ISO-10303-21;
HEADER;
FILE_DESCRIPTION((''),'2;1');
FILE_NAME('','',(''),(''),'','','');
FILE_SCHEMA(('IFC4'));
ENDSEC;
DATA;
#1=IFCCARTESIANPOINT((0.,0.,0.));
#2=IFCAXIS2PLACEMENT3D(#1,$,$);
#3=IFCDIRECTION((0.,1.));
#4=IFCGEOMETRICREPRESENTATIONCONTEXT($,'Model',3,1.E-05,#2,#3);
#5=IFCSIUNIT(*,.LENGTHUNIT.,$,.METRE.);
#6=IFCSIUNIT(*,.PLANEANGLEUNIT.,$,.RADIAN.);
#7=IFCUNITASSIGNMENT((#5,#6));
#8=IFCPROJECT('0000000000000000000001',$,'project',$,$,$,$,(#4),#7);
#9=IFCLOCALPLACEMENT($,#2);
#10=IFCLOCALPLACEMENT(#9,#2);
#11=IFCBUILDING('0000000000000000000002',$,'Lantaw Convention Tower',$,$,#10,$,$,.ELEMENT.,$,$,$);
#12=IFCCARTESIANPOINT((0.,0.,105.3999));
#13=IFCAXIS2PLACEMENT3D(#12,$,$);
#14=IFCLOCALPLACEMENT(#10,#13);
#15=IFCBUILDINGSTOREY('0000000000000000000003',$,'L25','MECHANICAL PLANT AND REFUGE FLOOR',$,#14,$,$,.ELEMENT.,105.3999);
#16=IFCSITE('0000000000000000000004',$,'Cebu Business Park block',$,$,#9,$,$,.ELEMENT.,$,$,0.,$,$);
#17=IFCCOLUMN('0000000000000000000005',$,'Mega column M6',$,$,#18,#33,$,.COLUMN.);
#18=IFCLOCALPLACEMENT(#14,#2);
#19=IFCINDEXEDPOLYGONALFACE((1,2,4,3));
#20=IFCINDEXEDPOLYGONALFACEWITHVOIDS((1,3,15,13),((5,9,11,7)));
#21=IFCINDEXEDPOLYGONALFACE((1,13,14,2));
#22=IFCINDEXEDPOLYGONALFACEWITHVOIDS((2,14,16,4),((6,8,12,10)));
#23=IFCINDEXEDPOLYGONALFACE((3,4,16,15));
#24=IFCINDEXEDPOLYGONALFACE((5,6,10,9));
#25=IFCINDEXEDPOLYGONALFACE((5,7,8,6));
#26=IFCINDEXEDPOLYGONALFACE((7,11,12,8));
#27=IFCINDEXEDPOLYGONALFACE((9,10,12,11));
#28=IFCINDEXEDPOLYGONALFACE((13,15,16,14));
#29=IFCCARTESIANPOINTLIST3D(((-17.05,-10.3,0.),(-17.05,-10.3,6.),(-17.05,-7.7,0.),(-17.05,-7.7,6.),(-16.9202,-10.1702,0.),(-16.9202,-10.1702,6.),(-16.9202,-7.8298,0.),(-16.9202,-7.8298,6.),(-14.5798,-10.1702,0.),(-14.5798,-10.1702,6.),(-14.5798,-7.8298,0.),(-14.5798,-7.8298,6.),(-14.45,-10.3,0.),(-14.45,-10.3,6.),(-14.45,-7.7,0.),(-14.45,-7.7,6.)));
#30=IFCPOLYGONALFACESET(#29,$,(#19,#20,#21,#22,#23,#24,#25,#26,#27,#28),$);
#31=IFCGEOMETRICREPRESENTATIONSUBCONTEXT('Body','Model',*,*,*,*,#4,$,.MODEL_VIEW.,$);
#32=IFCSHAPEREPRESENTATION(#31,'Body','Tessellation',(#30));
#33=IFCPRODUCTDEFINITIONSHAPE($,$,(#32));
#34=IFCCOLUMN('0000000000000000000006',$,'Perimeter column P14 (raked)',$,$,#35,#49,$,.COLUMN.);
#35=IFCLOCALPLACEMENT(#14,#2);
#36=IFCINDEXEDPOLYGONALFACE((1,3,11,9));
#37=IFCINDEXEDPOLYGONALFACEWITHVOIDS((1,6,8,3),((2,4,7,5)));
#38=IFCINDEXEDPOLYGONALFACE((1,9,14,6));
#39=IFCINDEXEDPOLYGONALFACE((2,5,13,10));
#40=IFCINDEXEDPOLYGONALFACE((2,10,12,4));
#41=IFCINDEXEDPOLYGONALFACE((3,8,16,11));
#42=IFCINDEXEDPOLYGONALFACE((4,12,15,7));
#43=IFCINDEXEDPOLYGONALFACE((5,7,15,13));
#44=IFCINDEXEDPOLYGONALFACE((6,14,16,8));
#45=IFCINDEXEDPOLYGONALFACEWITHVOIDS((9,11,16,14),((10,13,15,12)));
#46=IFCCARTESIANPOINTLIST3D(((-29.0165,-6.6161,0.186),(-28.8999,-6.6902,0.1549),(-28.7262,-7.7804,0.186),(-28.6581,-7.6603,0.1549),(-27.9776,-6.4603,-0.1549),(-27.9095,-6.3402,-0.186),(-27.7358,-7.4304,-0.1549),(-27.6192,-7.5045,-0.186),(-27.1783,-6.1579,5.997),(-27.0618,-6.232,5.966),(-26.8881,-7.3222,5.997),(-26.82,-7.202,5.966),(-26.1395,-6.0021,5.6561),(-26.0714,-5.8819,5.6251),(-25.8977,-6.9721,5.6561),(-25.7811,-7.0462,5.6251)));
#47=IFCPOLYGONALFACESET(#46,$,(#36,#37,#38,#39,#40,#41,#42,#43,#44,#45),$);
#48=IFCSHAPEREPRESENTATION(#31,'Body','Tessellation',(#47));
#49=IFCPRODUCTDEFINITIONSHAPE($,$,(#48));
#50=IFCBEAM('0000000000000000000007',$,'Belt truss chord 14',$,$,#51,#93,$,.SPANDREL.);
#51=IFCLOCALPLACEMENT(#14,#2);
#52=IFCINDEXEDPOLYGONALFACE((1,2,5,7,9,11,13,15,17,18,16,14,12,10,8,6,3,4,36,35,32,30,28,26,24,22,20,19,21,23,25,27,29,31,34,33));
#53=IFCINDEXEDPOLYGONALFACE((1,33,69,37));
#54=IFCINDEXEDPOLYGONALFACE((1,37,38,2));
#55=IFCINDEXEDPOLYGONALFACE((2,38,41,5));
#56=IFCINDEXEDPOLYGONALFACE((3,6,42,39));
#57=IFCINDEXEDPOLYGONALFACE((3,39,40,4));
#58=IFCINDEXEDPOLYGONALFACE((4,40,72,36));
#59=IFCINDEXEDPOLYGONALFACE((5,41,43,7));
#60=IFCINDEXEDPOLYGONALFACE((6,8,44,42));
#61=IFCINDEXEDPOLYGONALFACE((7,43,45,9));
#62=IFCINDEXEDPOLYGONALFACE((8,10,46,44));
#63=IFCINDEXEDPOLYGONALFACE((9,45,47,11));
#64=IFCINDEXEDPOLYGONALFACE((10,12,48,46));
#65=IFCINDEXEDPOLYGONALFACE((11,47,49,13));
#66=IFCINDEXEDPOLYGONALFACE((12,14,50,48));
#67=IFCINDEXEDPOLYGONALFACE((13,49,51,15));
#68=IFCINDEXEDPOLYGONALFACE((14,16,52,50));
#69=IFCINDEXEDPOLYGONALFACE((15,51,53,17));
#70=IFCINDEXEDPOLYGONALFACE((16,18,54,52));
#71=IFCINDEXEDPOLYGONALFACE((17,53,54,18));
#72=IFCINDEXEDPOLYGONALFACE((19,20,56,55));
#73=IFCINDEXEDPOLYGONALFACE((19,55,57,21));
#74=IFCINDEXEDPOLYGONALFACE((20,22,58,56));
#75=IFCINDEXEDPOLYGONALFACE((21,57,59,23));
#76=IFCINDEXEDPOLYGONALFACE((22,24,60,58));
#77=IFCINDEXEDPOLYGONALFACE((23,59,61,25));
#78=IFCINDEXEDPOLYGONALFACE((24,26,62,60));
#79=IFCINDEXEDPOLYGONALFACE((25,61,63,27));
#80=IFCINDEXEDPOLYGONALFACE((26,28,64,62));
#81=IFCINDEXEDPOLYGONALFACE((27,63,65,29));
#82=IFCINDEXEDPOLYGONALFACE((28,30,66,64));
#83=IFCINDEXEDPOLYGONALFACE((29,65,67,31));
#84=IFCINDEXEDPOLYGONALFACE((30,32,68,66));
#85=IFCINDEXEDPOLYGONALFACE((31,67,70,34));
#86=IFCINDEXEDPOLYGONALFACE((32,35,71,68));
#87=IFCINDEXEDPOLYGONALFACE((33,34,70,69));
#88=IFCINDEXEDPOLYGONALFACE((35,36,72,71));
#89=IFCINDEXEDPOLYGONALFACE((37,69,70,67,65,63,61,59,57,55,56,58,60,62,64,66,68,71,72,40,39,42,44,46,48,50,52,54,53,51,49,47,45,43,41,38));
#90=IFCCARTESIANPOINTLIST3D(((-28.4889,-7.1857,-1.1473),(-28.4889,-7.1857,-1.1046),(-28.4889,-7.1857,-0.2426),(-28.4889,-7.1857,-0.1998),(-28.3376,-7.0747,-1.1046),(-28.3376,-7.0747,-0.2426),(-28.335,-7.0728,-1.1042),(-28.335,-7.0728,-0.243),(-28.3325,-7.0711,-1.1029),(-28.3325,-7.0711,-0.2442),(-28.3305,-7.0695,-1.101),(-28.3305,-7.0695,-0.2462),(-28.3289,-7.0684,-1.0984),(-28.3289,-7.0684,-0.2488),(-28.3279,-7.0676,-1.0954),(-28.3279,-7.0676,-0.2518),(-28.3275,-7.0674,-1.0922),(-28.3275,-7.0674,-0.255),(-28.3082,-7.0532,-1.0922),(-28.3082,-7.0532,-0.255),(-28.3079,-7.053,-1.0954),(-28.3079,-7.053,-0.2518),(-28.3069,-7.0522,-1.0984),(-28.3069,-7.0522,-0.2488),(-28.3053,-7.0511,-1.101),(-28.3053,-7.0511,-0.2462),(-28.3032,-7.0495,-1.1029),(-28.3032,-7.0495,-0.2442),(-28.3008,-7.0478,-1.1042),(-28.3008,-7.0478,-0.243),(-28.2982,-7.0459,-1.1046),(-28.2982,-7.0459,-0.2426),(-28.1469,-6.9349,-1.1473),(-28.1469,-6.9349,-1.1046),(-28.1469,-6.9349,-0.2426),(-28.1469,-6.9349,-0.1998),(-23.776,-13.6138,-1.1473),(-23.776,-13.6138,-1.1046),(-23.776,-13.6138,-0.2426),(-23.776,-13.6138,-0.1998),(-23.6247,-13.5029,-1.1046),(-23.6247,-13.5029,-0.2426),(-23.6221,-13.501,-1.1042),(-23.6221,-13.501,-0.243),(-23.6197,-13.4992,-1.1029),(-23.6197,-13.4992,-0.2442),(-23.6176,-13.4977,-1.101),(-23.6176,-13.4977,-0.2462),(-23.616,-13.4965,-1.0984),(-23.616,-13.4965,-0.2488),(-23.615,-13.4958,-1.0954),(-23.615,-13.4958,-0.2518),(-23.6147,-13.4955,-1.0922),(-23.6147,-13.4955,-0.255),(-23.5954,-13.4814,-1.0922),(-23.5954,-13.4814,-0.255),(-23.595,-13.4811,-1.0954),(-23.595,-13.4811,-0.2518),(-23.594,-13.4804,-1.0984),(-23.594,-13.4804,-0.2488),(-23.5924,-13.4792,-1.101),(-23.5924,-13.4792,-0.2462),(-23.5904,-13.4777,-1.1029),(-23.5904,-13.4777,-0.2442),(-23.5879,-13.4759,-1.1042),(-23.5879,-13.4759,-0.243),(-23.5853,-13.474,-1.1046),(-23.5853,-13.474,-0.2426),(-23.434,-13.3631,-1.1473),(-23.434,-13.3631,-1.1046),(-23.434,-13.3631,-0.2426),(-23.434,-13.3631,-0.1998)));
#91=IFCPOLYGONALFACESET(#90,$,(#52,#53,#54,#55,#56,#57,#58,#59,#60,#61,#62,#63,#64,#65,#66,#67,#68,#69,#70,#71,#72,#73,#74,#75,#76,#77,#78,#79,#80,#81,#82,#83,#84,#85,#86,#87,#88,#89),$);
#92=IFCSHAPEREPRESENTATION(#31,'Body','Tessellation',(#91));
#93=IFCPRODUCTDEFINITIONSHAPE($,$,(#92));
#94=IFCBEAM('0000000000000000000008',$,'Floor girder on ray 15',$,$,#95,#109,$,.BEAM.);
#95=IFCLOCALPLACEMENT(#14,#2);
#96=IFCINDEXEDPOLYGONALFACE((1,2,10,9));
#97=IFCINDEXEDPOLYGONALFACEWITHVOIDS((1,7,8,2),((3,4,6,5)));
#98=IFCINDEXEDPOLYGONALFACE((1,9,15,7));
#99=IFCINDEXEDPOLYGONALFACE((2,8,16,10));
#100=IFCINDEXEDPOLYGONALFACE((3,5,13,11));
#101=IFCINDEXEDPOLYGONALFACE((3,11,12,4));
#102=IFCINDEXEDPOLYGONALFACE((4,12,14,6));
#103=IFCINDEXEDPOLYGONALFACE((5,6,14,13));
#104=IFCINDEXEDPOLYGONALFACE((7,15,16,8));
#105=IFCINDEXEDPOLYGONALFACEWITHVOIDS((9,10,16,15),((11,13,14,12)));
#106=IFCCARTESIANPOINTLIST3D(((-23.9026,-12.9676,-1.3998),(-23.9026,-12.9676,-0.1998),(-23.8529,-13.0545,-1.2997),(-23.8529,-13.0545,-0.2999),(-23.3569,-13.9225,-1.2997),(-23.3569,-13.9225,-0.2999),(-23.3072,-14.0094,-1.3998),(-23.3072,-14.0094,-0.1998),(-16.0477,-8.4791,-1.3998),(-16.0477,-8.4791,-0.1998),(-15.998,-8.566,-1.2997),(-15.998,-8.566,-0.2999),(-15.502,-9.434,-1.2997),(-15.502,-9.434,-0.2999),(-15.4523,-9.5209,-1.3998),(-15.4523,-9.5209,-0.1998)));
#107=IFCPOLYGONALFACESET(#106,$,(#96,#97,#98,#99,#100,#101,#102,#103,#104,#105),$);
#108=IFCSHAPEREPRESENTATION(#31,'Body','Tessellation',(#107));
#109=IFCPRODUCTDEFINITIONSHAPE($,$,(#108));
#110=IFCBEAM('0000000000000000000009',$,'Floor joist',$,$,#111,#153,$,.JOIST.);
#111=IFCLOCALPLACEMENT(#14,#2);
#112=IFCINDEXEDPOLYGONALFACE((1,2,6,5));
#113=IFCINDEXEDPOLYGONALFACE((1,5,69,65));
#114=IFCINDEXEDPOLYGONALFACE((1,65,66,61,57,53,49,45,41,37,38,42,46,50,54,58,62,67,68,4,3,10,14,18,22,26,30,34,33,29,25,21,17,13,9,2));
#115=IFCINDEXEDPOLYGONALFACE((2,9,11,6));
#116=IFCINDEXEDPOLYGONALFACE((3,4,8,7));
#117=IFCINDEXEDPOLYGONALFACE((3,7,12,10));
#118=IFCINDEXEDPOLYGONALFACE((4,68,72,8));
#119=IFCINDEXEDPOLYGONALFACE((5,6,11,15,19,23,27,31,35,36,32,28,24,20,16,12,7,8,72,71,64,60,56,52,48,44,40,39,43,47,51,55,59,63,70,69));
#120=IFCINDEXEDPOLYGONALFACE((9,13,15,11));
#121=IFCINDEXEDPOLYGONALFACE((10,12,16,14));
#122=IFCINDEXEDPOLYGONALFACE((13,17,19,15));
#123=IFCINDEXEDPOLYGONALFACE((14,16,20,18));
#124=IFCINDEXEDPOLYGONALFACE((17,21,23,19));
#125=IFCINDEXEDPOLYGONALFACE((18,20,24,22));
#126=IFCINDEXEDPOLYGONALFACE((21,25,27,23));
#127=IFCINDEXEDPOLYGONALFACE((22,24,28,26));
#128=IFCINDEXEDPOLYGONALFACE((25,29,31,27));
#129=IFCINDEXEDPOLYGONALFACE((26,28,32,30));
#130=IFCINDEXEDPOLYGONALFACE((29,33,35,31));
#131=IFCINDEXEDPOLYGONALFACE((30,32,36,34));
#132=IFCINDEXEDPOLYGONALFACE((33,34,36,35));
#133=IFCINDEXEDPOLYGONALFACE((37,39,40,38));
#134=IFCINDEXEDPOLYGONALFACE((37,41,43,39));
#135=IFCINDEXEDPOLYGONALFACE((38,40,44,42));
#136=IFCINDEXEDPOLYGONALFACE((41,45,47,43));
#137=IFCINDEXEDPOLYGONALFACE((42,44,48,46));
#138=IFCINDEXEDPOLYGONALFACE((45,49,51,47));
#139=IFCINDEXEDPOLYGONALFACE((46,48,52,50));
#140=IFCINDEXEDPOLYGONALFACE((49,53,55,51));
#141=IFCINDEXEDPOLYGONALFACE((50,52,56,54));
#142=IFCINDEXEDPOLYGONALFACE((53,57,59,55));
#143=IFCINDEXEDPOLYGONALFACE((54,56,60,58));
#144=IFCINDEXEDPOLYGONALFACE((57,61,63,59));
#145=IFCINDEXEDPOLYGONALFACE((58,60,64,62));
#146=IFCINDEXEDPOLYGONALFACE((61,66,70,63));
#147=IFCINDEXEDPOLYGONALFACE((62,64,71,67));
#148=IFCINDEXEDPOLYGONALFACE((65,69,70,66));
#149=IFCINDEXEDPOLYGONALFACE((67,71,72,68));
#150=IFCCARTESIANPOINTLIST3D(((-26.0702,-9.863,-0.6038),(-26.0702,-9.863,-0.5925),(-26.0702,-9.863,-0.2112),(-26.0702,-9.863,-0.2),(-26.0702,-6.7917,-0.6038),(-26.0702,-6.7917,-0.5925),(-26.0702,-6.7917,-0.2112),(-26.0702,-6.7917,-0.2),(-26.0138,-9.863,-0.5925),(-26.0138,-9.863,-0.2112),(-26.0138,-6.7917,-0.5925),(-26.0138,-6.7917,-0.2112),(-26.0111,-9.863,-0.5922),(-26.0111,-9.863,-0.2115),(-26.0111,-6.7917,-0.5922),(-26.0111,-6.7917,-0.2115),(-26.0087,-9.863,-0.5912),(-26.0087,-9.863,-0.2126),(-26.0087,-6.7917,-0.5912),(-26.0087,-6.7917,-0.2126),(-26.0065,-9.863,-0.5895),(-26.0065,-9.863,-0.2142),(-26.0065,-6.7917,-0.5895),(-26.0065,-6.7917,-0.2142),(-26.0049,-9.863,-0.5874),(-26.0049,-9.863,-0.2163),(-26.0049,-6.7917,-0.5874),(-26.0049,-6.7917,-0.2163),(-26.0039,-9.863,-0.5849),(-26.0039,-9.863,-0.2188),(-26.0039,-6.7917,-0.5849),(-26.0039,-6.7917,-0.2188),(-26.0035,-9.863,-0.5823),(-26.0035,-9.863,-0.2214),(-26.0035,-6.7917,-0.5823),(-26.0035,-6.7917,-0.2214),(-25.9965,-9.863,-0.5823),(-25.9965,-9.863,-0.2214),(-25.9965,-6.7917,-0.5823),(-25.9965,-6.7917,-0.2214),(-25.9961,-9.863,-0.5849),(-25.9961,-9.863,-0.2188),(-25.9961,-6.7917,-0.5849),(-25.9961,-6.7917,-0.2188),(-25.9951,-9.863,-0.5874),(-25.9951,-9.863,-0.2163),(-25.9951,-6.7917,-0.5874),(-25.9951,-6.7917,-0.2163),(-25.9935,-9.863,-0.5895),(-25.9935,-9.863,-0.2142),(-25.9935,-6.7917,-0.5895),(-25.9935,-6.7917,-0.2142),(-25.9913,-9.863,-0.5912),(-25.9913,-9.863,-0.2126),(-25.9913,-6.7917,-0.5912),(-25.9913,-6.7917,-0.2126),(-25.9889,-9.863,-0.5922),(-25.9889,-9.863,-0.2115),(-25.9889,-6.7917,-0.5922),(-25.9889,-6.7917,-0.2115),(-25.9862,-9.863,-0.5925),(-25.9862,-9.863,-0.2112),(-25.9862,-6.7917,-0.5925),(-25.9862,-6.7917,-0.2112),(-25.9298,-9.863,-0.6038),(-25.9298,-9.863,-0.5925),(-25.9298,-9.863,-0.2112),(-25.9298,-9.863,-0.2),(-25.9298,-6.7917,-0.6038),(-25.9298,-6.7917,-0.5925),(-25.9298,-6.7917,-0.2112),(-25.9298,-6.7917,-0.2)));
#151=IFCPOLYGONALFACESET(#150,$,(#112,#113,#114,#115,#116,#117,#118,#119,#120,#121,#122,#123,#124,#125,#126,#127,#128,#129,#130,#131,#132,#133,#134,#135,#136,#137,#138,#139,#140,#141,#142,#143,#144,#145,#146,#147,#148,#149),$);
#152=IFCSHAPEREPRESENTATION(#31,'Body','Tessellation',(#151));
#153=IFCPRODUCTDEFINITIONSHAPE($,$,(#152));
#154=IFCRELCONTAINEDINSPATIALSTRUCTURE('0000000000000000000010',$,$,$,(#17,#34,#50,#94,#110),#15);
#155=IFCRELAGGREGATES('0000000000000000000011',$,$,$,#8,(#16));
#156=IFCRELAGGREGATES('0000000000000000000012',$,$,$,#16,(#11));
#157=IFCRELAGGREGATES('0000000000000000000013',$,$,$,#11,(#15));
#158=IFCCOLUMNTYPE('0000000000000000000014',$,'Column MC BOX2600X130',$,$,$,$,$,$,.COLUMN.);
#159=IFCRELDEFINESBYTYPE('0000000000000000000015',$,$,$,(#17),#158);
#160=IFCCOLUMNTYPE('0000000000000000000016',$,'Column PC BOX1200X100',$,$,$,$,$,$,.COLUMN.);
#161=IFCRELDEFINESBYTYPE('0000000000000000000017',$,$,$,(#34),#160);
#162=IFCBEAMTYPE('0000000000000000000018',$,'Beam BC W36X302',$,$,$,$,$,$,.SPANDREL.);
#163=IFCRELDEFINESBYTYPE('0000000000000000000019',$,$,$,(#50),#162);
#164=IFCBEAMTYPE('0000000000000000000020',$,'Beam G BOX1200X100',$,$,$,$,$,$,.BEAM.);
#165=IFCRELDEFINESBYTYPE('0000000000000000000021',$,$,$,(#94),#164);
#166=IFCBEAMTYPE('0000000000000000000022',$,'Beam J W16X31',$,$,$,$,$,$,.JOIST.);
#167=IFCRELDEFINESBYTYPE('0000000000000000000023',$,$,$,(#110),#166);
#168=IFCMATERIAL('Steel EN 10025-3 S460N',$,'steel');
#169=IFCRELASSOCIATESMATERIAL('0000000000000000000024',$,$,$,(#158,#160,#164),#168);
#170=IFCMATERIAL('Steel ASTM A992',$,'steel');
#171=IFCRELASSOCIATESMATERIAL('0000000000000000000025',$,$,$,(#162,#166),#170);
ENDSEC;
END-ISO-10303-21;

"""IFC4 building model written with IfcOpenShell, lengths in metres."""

from ifc_helpers import new_model, si_unit, direction, frame, origin, origin_2d, place, context, subcontext, project, spatial, rectangle, hollow_rectangle, i_section, extrude, material, material_profile, profile_set, type_object, element, save


model = new_model("IFC4")

# Units and contexts
model_context = context("Model", 3, precision=1e-05, world=origin(), true_north=direction((0.0, 1.0)))
body_context = subcontext(model_context, "Body", "Model", "MODEL_VIEW")
ifc_project = project(units=[si_unit("LENGTHUNIT", "METRE"), si_unit("PLANEANGLEUNIT", "RADIAN")], contexts=[model_context])

# Site, building, storey
site_placement = place(None, origin())
site = spatial("IfcSite", under=ifc_project, at=site_placement, Name="Cebu Business Park block", CompositionType="ELEMENT", RefElevation=0.0)
building_placement = place(site_placement, origin())
building = spatial("IfcBuilding", under=site, at=building_placement, Name="Lantaw Convention Tower", CompositionType="ELEMENT")
storey_placement = place(building_placement, frame((0.0, 0.0, 105.3999)))
storey = spatial("IfcBuildingStorey", under=building, at=storey_placement, Name="L25", Description="MECHANICAL PLANT AND REFUGE FLOOR", CompositionType="ELEMENT", Elevation=105.3999)

# Columns
ifc_material_1 = material(Name="Steel EN 10025-3 S460N", Category="steel")
ifc_material_profile_1 = material_profile(ifc_material_1, hollow_rectangle(XDim=2.6001, YDim=2.6001, WallThickness=0.1299, at=origin_2d()), Name="BOX2600X130")
ifc_material_2 = material(Name="Concrete C60/75", Category="concrete")
ifc_material_profile_2 = material_profile(ifc_material_2, rectangle(XDim=2.3401, YDim=2.3401, at=origin_2d()), Name="Concrete fill of BOX2600X130")
ifc_profile_set_1 = profile_set([ifc_material_profile_1, ifc_material_profile_2], Name="Steel EN 10025-3 S460N")
column_type_1 = type_object("IfcColumnType", Name="Column MC BOX2600X130", PredefinedType="COLUMN", material=ifc_profile_set_1)
column_1_placement = place(storey_placement, frame((-15.75, -9.0, 0.0), z_axis=(0.0, 0.0, 1.0), x_axis=(1.0, 0.0, 0.0)))
element("IfcColumn", 1, at=column_1_placement, inside=storey, type_object=column_type_1, Name="Mega column M6", PredefinedType="COLUMN", context=body_context, shape_type="SweptSolid", body=[
    extrude(hollow_rectangle(XDim=2.6001, YDim=2.6001, WallThickness=0.1299, at=origin_2d()), origin(), (0.0, 0.0, 1.0), 6.0),
])
ifc_material_profile_3 = material_profile(ifc_material_1, hollow_rectangle(XDim=1.2, YDim=1.2, WallThickness=0.1001, at=origin_2d()), Name="BOX1200X100")
ifc_material_profile_4 = material_profile(ifc_material_2, rectangle(XDim=1.0, YDim=1.0, at=origin_2d()), Name="Concrete fill of BOX1200X100")
ifc_profile_set_2 = profile_set([ifc_material_profile_3, ifc_material_profile_4], Name="Steel EN 10025-3 S460N")
column_type_2 = type_object("IfcColumnType", Name="Column PC BOX1200X100", PredefinedType="COLUMN", material=ifc_profile_set_2)
column_2_placement = place(storey_placement, frame((-28.3179, -7.0603, 0.0), z_axis=(0.300741, 0.074975, 0.950754), x_axis=(-0.241899, 0.970301, 0.0)))
element("IfcColumn", 2, at=column_2_placement, inside=storey, type_object=column_type_2, Name="Perimeter column P14 (raked)", PredefinedType="COLUMN", context=body_context, shape_type="SweptSolid", body=[
    extrude(hollow_rectangle(XDim=1.2, YDim=1.2, WallThickness=0.1001, at=origin_2d()), origin(), (0.0, 0.0, 1.0), 6.1121),
])

# Beams
ifc_material_3 = material(Name="Steel ASTM A992", Category="steel")
ifc_material_profile_5 = material_profile(ifc_material_3, i_section(OverallWidth=0.4241, OverallDepth=0.9475, WebThickness=0.0239, FlangeThickness=0.0427, FilletRadius=0.0125, at=origin_2d()), Name="W36X302")
ifc_profile_set_3 = profile_set([ifc_material_profile_5], Name="Steel ASTM A992")
beam_type_1 = type_object("IfcBeamType", Name="Beam BC W36X302", PredefinedType="SPANDREL", material=ifc_profile_set_3)
beam_1_placement = place(storey_placement, frame((-28.3179, -7.0603, -0.6736), z_axis=(0.591271, -0.806473, 0.0), x_axis=(0.806473, 0.591271, 0.0)))
element("IfcBeam", 3, at=beam_1_placement, inside=storey, type_object=beam_type_1, Name="Belt truss chord 14", PredefinedType="SPANDREL", context=body_context, shape_type="SweptSolid", body=[
    extrude(i_section(OverallWidth=0.4241, OverallDepth=0.9475, WebThickness=0.0239, FlangeThickness=0.0427, FilletRadius=0.0125, at=origin_2d()), origin(), (0.0, 0.0, 1.0), 7.9707),
])
ifc_material_profile_6 = material_profile(ifc_material_1, hollow_rectangle(XDim=1.2, YDim=1.2, WallThickness=0.1001, at=origin_2d()), Name="BOX1200X100")
ifc_profile_set_4 = profile_set([ifc_material_profile_6], Name="Steel EN 10025-3 S460N")
beam_type_2 = type_object("IfcBeamType", Name="Beam G BOX1200X100", PredefinedType="BEAM", material=ifc_profile_set_4)
beam_2_placement = place(storey_placement, frame((-15.75, -9.0, -0.7998), z_axis=(-0.868245, -0.496136, 0.0), x_axis=(0.496136, -0.868245, 0.0)))
element("IfcBeam", 4, at=beam_2_placement, inside=storey, type_object=beam_type_2, Name="Floor girder on ray 15", PredefinedType="BEAM", context=body_context, shape_type="SweptSolid", body=[
    extrude(hollow_rectangle(XDim=1.2, YDim=1.2, WallThickness=0.1001, at=origin_2d()), origin(), (0.0, 0.0, 1.0), 9.0469),
])
ifc_material_profile_7 = material_profile(ifc_material_3, i_section(OverallWidth=0.1404, OverallDepth=0.4038, WebThickness=0.0071, FlangeThickness=0.0112, FilletRadius=0.0103, at=origin_2d()), Name="W16X31")
ifc_profile_set_5 = profile_set([ifc_material_profile_7], Name="Steel ASTM A992")
beam_type_3 = type_object("IfcBeamType", Name="Beam J W16X31", PredefinedType="JOIST", material=ifc_profile_set_5)
beam_3_placement = place(storey_placement, frame((-26.0, -9.863, -0.4019), z_axis=(0.0, 1.0, 0.0), x_axis=(-1.0, 0.0, 0.0)))
element("IfcBeam", 5, at=beam_3_placement, inside=storey, type_object=beam_type_3, Name="Floor joist", PredefinedType="JOIST", context=body_context, shape_type="SweptSolid", body=[
    extrude(i_section(OverallWidth=0.1404, OverallDepth=0.4038, WebThickness=0.0071, FlangeThickness=0.0112, FilletRadius=0.0103, at=origin_2d()), origin(), (0.0, 0.0, 1.0), 3.0713),
])

save(model, "model.ifc")
